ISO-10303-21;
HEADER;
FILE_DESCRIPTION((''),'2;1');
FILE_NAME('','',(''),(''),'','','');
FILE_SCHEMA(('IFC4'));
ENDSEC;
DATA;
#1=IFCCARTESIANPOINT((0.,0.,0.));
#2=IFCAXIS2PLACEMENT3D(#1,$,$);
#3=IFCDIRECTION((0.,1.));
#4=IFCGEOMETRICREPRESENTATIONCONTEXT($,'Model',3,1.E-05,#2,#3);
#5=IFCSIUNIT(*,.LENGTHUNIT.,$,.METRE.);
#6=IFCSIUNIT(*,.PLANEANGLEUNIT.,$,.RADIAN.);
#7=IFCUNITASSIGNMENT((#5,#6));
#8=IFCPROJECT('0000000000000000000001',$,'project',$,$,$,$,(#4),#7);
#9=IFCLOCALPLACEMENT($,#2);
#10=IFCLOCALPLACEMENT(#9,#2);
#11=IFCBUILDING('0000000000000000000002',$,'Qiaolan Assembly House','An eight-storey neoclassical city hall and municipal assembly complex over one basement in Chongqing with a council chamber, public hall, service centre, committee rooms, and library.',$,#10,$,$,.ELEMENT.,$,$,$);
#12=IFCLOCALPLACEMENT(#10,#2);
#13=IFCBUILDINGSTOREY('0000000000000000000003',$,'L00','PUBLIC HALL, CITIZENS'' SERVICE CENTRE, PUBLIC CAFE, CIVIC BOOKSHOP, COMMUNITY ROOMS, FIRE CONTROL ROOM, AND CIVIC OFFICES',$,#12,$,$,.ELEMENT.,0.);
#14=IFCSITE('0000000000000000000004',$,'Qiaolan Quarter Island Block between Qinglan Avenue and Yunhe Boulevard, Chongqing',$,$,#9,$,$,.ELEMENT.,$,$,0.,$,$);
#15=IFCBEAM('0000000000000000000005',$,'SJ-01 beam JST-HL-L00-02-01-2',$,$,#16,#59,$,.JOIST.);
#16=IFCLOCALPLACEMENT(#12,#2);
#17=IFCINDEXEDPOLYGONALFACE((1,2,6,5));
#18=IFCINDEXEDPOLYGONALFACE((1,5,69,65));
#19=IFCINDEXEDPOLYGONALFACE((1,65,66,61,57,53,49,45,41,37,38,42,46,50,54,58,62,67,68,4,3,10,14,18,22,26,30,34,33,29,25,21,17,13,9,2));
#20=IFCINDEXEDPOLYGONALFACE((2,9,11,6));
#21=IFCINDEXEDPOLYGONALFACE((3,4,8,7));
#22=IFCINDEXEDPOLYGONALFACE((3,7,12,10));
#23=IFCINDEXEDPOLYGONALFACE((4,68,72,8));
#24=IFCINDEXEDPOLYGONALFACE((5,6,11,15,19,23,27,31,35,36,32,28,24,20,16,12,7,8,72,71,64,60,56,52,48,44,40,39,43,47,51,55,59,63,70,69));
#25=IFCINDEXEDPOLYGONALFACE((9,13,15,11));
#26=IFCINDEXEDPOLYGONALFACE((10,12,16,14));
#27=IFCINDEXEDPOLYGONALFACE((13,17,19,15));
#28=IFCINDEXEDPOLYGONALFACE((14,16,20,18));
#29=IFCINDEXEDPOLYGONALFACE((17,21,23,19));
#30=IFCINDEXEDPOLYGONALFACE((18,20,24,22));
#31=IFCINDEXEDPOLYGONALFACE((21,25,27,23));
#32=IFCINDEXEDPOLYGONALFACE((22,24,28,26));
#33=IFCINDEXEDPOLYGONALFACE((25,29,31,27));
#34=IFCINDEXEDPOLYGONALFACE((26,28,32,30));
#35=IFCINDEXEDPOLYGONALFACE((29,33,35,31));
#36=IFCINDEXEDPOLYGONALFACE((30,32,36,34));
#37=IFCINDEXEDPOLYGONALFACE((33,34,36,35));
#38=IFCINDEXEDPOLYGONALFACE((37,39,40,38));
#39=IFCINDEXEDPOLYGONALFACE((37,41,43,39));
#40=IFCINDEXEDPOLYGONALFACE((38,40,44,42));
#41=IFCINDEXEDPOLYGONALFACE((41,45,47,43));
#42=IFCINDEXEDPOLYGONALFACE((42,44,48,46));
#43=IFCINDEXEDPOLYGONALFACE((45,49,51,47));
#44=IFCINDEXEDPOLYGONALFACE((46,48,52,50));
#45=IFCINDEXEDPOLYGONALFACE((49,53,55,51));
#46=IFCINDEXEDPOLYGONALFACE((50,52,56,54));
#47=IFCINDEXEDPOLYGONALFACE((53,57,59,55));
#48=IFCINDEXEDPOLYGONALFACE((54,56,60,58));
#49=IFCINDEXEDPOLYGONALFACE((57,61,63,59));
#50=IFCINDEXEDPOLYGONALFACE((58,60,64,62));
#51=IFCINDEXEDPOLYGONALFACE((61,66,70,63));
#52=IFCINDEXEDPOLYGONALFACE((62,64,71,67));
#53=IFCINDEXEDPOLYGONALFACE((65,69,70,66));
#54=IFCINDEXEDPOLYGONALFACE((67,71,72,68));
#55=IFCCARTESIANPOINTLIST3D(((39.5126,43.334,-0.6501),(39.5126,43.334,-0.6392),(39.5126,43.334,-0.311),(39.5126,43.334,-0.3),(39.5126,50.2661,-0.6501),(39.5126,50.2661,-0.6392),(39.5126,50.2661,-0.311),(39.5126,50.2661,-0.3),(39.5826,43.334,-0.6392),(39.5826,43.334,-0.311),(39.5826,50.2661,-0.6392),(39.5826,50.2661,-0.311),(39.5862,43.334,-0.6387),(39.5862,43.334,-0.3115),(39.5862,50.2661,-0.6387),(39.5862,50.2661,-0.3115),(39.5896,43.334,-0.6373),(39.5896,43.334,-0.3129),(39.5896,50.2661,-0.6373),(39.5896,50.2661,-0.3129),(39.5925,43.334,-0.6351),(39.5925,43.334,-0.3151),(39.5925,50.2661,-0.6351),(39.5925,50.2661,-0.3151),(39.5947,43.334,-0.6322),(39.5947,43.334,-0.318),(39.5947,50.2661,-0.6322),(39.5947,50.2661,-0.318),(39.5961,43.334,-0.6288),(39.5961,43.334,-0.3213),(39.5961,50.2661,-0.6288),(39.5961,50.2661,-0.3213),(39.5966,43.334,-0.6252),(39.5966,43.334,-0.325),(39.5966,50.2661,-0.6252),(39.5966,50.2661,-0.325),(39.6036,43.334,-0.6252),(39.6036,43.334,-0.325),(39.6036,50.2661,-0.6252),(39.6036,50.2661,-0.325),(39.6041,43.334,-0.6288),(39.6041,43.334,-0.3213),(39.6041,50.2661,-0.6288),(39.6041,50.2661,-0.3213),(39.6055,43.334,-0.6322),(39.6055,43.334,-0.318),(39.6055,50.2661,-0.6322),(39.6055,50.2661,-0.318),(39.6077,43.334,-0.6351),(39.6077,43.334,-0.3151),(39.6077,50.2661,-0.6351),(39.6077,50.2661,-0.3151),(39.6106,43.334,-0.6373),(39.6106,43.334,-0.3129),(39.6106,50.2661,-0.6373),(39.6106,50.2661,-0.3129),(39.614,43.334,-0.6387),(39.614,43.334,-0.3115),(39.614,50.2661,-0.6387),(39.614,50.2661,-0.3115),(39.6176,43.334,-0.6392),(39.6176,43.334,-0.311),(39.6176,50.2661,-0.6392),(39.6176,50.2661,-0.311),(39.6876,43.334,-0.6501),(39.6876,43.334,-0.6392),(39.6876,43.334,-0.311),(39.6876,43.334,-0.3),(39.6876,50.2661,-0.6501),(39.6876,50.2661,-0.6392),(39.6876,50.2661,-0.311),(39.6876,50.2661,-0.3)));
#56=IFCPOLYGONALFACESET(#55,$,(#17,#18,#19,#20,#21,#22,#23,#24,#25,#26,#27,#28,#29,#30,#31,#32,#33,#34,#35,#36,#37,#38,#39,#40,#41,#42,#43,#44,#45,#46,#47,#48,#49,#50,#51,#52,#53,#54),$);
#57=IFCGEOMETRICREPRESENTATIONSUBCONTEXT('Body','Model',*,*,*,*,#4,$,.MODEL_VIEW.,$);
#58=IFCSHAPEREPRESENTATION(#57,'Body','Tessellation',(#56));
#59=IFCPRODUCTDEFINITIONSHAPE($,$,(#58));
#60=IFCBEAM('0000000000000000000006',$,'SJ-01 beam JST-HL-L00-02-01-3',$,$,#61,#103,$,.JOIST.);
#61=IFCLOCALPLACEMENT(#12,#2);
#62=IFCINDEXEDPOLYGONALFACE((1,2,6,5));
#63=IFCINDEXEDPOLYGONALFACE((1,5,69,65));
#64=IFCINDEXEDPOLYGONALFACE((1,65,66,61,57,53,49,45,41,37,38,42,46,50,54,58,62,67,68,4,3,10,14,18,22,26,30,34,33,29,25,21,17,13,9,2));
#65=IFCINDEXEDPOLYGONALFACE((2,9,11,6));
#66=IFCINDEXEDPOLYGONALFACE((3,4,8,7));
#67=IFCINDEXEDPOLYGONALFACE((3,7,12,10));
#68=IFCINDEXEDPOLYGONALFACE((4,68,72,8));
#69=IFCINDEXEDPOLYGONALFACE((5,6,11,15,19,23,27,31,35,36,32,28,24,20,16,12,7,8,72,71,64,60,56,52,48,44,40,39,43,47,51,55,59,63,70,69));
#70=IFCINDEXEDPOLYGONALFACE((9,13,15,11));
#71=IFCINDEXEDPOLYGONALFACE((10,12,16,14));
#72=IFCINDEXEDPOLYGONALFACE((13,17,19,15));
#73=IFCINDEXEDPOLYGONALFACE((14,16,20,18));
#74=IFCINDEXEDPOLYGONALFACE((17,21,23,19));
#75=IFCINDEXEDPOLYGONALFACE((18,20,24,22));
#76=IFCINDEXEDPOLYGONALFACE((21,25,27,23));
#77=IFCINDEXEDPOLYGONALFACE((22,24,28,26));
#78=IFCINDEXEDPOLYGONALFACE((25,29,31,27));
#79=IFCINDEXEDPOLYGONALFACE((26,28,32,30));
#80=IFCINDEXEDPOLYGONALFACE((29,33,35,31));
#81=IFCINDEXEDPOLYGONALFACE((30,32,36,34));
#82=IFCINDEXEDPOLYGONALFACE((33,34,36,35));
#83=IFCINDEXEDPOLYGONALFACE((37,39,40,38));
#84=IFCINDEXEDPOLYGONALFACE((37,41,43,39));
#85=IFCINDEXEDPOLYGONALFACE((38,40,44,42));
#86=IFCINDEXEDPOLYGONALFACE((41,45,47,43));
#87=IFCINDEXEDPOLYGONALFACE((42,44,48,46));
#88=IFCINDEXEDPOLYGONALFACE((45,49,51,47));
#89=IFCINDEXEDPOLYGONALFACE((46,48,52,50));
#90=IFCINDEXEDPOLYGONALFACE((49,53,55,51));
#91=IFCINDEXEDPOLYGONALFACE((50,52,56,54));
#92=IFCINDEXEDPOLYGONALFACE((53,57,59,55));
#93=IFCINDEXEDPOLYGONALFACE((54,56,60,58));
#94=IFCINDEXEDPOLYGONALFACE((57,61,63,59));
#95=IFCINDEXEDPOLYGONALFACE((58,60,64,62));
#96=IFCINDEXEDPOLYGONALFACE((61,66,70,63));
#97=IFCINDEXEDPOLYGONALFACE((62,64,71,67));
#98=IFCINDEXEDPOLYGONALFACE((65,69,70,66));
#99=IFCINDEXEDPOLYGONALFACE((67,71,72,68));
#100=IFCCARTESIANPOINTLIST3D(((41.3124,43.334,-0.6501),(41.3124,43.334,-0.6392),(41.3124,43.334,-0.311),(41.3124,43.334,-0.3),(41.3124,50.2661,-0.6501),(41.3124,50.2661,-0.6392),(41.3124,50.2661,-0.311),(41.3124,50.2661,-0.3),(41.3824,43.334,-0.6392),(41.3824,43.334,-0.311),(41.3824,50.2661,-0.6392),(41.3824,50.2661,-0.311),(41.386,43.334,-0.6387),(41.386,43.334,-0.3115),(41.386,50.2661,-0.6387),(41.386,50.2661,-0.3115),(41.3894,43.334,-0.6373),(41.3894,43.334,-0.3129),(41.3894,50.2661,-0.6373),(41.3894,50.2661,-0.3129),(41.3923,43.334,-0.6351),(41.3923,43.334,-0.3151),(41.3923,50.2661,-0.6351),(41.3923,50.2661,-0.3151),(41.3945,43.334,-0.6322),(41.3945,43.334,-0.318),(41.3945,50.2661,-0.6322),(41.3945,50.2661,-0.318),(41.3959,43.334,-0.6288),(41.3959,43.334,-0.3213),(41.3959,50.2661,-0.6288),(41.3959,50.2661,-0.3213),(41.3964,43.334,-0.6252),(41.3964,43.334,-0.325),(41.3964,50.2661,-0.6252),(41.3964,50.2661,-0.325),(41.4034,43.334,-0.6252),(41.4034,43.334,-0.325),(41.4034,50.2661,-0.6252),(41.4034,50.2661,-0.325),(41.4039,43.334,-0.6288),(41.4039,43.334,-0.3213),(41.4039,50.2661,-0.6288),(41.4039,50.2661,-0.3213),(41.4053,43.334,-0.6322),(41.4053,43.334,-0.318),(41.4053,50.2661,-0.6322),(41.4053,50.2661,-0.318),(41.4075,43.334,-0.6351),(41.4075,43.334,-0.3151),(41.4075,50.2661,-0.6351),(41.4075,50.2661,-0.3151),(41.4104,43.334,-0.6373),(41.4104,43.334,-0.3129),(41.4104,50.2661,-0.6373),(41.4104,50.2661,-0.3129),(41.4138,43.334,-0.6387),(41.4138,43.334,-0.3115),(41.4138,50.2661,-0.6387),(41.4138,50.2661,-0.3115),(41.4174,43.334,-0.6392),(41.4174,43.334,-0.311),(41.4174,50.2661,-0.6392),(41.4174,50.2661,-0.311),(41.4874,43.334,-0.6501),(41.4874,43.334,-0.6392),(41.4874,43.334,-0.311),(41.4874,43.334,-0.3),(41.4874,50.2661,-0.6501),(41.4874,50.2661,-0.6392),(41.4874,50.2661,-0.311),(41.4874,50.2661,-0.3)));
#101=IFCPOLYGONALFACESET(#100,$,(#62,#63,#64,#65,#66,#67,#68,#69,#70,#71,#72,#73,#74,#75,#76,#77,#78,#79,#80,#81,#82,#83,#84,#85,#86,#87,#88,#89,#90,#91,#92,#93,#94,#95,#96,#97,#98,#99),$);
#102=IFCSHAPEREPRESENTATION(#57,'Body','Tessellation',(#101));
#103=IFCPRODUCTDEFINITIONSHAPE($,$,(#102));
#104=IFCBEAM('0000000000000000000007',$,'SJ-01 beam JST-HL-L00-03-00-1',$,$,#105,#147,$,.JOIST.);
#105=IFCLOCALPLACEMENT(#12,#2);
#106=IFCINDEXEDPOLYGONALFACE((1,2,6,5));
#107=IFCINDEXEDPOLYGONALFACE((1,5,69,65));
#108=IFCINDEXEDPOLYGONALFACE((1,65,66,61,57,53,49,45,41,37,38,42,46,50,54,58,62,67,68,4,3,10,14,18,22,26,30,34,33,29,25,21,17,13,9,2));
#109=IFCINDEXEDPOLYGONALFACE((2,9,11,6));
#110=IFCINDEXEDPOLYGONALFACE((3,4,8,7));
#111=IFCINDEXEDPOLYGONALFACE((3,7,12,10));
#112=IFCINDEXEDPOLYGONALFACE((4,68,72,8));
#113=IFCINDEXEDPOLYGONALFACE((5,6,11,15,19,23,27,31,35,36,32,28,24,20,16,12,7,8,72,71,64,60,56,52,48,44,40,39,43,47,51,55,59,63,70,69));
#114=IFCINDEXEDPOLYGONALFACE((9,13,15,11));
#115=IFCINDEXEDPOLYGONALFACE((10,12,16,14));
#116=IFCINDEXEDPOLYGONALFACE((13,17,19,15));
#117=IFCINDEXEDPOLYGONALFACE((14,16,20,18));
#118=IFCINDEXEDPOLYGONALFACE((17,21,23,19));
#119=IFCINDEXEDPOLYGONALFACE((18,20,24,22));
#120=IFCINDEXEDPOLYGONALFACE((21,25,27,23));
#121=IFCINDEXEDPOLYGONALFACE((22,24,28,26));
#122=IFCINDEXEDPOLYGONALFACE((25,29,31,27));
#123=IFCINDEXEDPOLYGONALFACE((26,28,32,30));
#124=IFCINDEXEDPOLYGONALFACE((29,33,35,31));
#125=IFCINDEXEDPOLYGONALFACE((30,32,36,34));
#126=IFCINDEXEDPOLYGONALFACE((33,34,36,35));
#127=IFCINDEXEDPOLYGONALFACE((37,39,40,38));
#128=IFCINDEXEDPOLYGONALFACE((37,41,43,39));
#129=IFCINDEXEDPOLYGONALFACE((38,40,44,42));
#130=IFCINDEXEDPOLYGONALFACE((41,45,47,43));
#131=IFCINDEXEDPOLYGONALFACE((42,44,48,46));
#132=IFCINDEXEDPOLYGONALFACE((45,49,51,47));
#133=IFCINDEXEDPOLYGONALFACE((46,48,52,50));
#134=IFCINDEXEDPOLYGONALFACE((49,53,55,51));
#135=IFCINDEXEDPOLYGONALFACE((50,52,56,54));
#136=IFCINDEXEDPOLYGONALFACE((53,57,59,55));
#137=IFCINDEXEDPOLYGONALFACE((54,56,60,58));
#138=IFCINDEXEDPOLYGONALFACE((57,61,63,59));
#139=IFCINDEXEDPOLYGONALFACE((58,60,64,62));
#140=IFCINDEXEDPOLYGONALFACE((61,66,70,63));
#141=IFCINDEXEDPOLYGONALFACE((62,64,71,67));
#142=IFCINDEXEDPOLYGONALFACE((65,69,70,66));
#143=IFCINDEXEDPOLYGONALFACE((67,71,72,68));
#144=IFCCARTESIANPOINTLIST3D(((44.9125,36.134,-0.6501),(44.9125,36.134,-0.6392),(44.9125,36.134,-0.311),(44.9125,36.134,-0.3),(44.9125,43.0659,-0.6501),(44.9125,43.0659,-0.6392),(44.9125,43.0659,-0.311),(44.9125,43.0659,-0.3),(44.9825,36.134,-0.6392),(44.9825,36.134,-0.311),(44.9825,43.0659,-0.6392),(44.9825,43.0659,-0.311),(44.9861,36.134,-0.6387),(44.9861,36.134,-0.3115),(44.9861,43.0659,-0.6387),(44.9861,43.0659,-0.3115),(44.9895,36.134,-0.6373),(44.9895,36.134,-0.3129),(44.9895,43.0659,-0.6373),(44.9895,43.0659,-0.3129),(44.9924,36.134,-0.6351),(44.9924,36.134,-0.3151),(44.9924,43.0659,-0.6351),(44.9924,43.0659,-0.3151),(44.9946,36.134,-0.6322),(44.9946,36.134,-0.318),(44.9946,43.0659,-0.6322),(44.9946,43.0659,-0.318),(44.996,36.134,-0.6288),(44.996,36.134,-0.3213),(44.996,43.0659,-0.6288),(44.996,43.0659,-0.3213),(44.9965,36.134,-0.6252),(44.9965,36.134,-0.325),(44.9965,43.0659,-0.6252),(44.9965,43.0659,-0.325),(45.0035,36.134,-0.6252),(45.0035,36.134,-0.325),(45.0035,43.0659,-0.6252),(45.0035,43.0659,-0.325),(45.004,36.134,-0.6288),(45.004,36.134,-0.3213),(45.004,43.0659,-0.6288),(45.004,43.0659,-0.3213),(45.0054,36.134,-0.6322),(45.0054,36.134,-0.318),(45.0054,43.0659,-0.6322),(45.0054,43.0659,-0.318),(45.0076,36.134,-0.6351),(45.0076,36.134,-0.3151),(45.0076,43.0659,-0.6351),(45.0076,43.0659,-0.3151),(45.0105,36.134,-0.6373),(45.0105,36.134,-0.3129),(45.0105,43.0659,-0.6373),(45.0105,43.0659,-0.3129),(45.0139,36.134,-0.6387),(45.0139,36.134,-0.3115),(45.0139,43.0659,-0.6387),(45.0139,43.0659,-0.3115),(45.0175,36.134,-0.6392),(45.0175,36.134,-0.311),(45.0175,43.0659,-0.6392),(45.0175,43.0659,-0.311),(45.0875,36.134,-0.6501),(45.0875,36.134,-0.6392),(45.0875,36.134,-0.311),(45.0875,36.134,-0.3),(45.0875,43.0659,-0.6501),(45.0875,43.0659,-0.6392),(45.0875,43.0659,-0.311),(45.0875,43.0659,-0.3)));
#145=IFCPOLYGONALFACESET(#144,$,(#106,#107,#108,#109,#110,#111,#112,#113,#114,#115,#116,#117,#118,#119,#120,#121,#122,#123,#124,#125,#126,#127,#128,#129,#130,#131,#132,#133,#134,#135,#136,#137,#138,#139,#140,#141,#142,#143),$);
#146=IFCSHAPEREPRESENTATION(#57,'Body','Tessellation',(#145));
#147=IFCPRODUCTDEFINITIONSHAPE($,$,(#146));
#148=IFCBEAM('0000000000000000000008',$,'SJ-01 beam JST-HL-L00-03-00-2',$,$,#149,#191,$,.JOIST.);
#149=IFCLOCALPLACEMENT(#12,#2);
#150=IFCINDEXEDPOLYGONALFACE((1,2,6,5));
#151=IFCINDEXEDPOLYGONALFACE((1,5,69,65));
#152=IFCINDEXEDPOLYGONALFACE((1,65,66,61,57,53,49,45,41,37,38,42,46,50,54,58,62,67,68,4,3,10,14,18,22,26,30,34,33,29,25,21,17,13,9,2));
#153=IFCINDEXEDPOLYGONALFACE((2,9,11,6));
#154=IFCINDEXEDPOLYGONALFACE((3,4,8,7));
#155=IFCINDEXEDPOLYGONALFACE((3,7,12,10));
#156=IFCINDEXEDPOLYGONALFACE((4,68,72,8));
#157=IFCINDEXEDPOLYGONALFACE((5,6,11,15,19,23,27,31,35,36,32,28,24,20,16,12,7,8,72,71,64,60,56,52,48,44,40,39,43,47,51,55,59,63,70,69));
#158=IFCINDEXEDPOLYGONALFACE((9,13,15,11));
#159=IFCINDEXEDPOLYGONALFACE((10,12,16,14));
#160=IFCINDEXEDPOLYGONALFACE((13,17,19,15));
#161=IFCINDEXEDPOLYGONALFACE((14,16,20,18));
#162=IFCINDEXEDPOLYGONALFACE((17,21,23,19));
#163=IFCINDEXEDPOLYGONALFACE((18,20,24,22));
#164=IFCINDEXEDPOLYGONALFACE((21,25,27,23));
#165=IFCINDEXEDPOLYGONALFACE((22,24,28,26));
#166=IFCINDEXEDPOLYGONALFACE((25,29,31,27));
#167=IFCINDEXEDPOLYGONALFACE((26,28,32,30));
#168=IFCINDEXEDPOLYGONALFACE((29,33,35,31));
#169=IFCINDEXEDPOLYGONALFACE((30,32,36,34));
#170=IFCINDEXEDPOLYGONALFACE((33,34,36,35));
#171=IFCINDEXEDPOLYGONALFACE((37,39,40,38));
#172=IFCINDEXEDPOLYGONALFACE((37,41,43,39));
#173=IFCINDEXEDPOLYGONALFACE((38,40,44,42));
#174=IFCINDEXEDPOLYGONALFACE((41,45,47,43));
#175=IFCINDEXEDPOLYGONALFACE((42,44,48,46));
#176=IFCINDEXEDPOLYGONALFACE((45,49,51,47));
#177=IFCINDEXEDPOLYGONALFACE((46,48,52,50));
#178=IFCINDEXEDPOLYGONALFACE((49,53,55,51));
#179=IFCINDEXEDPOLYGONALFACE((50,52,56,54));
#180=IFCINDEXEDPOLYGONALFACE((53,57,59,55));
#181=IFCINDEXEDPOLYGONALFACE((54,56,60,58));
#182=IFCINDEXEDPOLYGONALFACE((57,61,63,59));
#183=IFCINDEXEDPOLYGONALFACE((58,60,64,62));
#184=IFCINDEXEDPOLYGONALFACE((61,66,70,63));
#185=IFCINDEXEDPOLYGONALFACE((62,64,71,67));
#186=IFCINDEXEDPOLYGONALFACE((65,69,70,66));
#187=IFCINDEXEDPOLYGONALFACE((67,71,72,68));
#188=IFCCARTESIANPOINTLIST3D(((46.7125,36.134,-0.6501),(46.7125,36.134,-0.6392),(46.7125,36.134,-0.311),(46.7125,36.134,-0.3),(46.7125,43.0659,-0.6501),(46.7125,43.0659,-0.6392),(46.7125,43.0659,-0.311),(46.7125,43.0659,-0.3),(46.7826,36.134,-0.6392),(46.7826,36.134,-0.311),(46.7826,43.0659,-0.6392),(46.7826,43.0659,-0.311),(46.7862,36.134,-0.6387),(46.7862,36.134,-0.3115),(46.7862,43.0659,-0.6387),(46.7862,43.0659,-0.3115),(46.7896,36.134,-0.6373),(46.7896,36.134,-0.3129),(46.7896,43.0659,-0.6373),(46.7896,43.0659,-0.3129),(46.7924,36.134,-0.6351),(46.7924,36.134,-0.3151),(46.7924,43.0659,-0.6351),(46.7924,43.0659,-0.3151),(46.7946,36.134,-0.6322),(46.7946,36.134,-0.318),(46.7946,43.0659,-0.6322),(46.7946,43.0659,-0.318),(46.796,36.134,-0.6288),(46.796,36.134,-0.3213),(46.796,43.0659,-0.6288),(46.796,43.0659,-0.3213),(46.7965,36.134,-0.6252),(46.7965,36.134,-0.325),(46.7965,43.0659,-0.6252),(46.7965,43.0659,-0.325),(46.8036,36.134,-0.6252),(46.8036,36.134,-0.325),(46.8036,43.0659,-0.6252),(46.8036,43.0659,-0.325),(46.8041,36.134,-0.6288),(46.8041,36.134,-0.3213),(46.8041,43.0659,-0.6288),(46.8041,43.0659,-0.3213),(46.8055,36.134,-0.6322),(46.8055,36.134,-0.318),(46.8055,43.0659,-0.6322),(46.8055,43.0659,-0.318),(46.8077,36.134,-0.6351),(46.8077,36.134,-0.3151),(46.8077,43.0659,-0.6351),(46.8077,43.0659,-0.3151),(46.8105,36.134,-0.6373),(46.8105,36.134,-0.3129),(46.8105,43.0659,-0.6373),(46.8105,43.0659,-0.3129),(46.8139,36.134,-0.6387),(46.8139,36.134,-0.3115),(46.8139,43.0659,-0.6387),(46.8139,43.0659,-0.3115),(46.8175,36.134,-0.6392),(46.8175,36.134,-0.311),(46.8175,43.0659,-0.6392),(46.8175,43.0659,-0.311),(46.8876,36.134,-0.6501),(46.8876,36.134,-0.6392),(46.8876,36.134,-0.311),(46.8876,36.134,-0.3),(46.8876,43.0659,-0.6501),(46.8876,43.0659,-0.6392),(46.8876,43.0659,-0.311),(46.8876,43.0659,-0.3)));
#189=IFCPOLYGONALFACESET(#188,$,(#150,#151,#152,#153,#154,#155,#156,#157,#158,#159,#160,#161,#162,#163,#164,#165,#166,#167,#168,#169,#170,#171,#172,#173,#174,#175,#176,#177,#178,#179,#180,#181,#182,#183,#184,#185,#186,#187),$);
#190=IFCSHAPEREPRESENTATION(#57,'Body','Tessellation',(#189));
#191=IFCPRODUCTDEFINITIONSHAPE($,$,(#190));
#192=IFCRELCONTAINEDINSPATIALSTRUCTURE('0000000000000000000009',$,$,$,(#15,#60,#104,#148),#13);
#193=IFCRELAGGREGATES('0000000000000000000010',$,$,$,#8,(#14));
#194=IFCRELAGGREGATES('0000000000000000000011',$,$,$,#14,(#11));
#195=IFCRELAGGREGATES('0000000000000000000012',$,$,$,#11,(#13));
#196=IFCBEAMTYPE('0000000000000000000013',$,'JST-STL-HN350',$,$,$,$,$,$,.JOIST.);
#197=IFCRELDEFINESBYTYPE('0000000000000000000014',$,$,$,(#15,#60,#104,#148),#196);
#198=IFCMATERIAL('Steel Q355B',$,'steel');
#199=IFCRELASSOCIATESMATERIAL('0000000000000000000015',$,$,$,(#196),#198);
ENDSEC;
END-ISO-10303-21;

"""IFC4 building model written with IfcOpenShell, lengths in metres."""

from ifc_helpers import new_model, si_unit, direction, frame, origin, origin_2d, place, context, subcontext, project, spatial, i_section, extrude, material, material_profile, profile_set, type_object, element, save


model = new_model("IFC4")

# Units and contexts
model_context = context("Model", 3, precision=1e-05, world=origin(), true_north=direction((0.0, 1.0)))
body_context = subcontext(model_context, "Body", "Model", "MODEL_VIEW")
ifc_project = project(units=[si_unit("LENGTHUNIT", "METRE"), si_unit("PLANEANGLEUNIT", "RADIAN")], contexts=[model_context])

# Site, building, storey
site_placement = place(None, origin())
site = spatial("IfcSite", under=ifc_project, at=site_placement, Name="Qiaolan Quarter Island Block between Qinglan Avenue and Yunhe Boulevard, Chongqing", CompositionType="ELEMENT", RefElevation=0.0)
building_placement = place(site_placement, origin())
building = spatial("IfcBuilding", under=site, at=building_placement, Name="Qiaolan Assembly House", Description="An eight-storey neoclassical city hall and municipal assembly complex over one basement in Chongqing with a council chamber, public hall, service centre, committee rooms, and library.", CompositionType="ELEMENT")
storey_placement = place(building_placement, origin())
storey = spatial("IfcBuildingStorey", under=building, at=storey_placement, Name="L00", Description="PUBLIC HALL, CITIZENS' SERVICE CENTRE, PUBLIC CAFE, CIVIC BOOKSHOP, COMMUNITY ROOMS, FIRE CONTROL ROOM, AND CIVIC OFFICES", CompositionType="ELEMENT", Elevation=0.0)

# Shared definitions
ifc_material_1 = material(Name="Steel Q355B", Category="steel")

# Beams
ifc_material_profile_1 = material_profile(ifc_material_1, i_section(OverallWidth=0.175, OverallDepth=0.3501, WebThickness=0.0071, FlangeThickness=0.011, FilletRadius=0.0139, at=origin_2d()), Name="HN 350x175x7x11")
ifc_profile_set_1 = profile_set([ifc_material_profile_1], Name="Steel Q355B")
beam_type_1 = type_object("IfcBeamType", Name="JST-STL-HN350", PredefinedType="JOIST", material=ifc_profile_set_1)
for number, where, z_axis, x_axis, name in (
    (1, (39.6001, 43.334, -0.4751), (0.0, 1.0, 0.0), (-1.0, 0.0, 0.0), "SJ-01 beam JST-HL-L00-02-01-2"),
    (2, (41.3999, 43.334, -0.4751), (0.0, 1.0, 0.0), (-1.0, 0.0, 0.0), "SJ-01 beam JST-HL-L00-02-01-3"),
):
    element("IfcBeam", number, at=place(storey_placement, frame(where, z_axis=z_axis, x_axis=x_axis)), inside=storey, type_object=beam_type_1, Name=name, PredefinedType="JOIST", context=body_context, shape_type="SweptSolid", body=[
        extrude(i_section(OverallWidth=0.175, OverallDepth=0.3501, WebThickness=0.0071, FlangeThickness=0.011, FilletRadius=0.0139, at=origin_2d()), origin(), (0.0, 0.0, 1.0), 6.9321),
    ])
for number, where, z_axis, x_axis, name in (
    (3, (45.0, 36.134, -0.4751), (0.0, 1.0, 0.0), (-1.0, 0.0, 0.0), "SJ-01 beam JST-HL-L00-03-00-1"),
    (4, (46.8, 36.134, -0.4751), (0.0, 1.0, 0.0), (-1.0, 0.0, 0.0), "SJ-01 beam JST-HL-L00-03-00-2"),
):
    element("IfcBeam", number, at=place(storey_placement, frame(where, z_axis=z_axis, x_axis=x_axis)), inside=storey, type_object=beam_type_1, Name=name, PredefinedType="JOIST", context=body_context, shape_type="SweptSolid", body=[
        extrude(i_section(OverallWidth=0.175, OverallDepth=0.3501, WebThickness=0.0071, FlangeThickness=0.011, FilletRadius=0.0139, at=origin_2d()), origin(), (0.0, 0.0, 1.0), 6.9319),
    ])

save(model, "model.ifc")
